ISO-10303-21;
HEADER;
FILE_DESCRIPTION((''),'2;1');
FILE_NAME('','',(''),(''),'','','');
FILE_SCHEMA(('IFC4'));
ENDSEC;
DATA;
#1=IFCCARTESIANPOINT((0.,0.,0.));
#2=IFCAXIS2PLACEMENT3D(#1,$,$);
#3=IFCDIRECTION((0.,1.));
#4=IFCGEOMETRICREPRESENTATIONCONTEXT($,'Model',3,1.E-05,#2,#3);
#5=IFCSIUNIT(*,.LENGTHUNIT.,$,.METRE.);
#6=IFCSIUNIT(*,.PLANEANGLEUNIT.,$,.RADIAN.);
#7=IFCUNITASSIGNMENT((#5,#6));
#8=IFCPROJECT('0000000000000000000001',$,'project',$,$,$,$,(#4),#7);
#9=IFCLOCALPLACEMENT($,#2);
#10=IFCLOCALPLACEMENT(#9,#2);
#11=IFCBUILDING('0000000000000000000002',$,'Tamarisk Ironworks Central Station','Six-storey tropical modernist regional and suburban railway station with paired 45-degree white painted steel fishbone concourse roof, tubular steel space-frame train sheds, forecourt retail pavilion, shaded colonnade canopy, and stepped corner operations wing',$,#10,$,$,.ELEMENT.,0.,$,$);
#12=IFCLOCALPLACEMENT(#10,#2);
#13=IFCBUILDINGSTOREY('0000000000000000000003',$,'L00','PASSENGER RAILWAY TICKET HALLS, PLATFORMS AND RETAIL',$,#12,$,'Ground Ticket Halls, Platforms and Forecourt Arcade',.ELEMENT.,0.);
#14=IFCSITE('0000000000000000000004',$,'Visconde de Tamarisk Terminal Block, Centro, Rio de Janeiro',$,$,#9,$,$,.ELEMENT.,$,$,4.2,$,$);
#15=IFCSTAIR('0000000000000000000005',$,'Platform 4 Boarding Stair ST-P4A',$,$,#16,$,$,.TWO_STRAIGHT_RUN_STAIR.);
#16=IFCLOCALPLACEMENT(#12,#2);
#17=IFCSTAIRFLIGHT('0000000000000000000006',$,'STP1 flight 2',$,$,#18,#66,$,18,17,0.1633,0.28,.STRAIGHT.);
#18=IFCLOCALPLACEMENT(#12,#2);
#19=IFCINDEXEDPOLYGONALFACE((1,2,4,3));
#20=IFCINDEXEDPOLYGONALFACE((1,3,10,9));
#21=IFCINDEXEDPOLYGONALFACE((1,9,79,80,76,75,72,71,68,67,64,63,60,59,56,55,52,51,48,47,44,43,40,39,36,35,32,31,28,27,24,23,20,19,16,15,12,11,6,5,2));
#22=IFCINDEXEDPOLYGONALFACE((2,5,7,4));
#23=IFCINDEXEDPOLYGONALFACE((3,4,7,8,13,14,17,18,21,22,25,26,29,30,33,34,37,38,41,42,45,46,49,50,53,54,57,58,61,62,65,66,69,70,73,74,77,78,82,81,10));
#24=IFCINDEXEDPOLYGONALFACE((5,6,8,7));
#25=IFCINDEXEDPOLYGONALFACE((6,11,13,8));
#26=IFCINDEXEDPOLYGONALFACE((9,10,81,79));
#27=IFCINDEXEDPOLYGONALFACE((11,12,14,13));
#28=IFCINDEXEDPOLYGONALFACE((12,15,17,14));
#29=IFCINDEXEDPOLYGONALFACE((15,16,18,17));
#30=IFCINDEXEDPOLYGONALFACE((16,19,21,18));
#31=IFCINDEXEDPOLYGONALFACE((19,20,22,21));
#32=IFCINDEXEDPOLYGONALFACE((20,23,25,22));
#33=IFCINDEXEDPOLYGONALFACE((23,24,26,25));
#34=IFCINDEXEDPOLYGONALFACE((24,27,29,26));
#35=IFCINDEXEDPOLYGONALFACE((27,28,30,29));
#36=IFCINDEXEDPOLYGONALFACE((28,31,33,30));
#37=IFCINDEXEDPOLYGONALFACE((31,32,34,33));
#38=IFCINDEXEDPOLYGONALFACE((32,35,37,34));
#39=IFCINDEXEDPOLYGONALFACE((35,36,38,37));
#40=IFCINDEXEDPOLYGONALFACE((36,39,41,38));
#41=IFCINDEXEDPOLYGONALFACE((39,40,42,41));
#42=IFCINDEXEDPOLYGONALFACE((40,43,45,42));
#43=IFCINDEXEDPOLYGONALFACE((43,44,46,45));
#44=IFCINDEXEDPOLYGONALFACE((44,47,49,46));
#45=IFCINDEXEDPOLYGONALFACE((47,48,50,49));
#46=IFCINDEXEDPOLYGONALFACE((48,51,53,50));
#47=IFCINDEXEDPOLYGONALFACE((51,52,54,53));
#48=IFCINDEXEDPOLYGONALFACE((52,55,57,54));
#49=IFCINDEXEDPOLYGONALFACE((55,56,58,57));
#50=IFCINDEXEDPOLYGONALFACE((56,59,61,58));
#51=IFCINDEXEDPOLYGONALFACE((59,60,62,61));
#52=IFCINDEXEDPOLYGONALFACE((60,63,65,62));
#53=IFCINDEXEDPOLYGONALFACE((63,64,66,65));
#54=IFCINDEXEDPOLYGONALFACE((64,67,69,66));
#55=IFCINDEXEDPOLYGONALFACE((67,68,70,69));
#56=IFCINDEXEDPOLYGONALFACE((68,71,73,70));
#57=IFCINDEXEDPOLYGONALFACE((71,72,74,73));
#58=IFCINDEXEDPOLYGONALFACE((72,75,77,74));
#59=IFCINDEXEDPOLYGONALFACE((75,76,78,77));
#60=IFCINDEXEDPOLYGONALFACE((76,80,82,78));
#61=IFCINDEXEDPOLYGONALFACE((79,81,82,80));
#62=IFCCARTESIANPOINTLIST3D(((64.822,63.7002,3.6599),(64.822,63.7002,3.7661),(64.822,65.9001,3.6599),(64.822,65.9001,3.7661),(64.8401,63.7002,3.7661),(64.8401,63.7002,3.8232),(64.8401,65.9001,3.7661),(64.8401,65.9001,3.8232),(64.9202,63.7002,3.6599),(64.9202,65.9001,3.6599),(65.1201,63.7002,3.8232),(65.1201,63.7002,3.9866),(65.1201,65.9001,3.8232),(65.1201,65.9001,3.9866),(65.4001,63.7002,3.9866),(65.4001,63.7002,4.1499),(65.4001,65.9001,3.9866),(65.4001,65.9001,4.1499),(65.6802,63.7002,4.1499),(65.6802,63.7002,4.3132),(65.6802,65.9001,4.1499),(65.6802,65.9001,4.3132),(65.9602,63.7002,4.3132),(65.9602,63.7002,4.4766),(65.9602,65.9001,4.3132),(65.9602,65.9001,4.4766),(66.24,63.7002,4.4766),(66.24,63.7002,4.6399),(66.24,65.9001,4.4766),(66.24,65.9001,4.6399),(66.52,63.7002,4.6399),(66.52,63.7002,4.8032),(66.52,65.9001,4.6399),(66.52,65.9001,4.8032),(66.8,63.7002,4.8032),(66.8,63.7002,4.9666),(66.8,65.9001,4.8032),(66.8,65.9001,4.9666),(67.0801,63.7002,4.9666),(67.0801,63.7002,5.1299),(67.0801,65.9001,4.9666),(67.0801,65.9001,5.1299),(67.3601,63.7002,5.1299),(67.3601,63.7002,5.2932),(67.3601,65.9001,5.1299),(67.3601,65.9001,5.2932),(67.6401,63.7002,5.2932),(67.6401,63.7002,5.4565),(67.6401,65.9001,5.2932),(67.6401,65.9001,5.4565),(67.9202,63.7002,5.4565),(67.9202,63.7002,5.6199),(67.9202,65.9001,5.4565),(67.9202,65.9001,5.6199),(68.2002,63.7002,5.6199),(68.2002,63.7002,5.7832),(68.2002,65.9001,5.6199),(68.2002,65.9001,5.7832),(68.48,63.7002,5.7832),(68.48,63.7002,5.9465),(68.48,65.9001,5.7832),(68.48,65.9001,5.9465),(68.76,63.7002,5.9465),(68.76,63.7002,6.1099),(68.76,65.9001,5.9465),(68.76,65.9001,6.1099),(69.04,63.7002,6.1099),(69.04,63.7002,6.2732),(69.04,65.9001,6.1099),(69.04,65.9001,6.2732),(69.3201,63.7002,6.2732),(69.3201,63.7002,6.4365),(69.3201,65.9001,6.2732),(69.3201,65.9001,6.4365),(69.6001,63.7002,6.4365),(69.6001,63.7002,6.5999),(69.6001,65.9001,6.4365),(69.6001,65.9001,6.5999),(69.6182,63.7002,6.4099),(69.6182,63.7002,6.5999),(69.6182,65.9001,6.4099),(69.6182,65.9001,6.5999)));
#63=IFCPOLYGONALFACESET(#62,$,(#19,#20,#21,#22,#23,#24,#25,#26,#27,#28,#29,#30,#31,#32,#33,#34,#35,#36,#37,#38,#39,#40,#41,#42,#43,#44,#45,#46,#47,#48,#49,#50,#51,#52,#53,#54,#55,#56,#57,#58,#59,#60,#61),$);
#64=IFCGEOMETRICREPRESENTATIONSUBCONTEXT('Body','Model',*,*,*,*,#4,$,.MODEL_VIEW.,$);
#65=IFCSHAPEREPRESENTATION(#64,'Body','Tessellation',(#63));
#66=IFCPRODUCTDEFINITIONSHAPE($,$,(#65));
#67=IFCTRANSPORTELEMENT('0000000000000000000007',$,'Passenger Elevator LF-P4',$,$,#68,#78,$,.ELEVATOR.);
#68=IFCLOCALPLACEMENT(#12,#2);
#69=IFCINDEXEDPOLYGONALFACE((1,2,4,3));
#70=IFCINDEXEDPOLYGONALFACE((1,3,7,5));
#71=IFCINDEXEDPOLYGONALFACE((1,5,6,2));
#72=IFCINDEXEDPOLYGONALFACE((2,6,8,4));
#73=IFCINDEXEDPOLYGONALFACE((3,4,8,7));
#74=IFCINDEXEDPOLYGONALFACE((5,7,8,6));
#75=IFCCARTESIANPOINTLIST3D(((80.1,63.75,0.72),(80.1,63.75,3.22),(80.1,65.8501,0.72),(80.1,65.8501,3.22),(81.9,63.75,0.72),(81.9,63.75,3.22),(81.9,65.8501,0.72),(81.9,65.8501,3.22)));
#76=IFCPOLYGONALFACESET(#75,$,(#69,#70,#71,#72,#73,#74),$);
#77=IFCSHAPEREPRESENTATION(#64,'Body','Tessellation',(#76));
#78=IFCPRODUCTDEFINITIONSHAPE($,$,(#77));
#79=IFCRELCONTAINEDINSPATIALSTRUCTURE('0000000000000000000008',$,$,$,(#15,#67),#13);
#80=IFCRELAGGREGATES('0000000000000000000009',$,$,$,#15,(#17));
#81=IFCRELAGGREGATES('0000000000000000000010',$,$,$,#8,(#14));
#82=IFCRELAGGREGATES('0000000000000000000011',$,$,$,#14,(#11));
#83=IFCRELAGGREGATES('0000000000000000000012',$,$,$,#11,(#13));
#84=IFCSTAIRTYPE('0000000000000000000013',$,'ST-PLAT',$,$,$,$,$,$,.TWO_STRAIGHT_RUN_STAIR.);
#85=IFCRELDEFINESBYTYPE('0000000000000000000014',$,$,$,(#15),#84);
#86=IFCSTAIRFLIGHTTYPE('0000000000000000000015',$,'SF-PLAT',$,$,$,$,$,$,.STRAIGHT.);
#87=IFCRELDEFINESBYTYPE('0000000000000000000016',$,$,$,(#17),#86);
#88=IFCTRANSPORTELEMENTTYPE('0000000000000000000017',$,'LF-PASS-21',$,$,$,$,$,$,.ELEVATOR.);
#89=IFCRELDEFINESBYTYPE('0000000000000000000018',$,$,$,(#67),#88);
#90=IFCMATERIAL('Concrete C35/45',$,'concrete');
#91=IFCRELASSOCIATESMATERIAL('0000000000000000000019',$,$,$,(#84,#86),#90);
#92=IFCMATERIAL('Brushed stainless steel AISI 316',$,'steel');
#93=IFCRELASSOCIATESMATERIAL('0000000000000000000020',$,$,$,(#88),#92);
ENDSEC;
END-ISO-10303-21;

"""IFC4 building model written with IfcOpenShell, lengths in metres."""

from ifc_helpers import new_model, si_unit, direction, frame, origin, origin_2d, place, context, subcontext, project, spatial, polyline, rectangle, outline, extrude, material, type_object, element, aggregate, save


model = new_model("IFC4")

# Units and contexts
model_context = context("Model", 3, precision=1e-05, world=origin(), true_north=direction((0.0, 1.0)))
body_context = subcontext(model_context, "Body", "Model", "MODEL_VIEW")
ifc_project = project(units=[si_unit("LENGTHUNIT", "METRE"), si_unit("PLANEANGLEUNIT", "RADIAN")], contexts=[model_context])

# Site, building, storey
site_placement = place(None, origin())
site = spatial("IfcSite", under=ifc_project, at=site_placement, Name="Visconde de Tamarisk Terminal Block, Centro, Rio de Janeiro", CompositionType="ELEMENT", RefElevation=4.2)
building_placement = place(site_placement, origin())
building = spatial("IfcBuilding", under=site, at=building_placement, Name="Tamarisk Ironworks Central Station", Description="Six-storey tropical modernist regional and suburban railway station with paired 45-degree white painted steel fishbone concourse roof, tubular steel space-frame train sheds, forecourt retail pavilion, shaded colonnade canopy, and stepped corner operations wing", CompositionType="ELEMENT", ElevationOfRefHeight=0.0)
storey_placement = place(building_placement, origin())
storey = spatial("IfcBuildingStorey", under=building, at=storey_placement, Name="L00", Description="PASSENGER RAILWAY TICKET HALLS, PLATFORMS AND RETAIL", LongName="Ground Ticket Halls, Platforms and Forecourt Arcade", CompositionType="ELEMENT", Elevation=0.0)

# Stair, stair flight
ifc_material_1 = material(Name="Concrete C35/45", Category="concrete")
stair_type = type_object("IfcStairType", Name="ST-PLAT", PredefinedType="TWO_STRAIGHT_RUN_STAIR", material=ifc_material_1)
stair_placement = place(storey_placement, origin())
stair = element("IfcStair", 1, at=stair_placement, inside=storey, type_object=stair_type, Name="Platform 4 Boarding Stair ST-P4A", PredefinedType="TWO_STRAIGHT_RUN_STAIR")
stair_flight_type = type_object("IfcStairFlightType", Name="SF-PLAT", PredefinedType="STRAIGHT", material=ifc_material_1)
stair_flight_placement = place(storey_placement, frame((64.8401, 64.8, 3.6599), z_axis=(0.0, 0.0, 1.0), x_axis=(1.0, 0.0, 0.0)))
stair_flight = element("IfcStairFlight", 2, at=stair_flight_placement, type_object=stair_flight_type, Name="STP1 flight 2", NumberOfRisers=18, NumberOfTreads=17, PredefinedType="STRAIGHT", RiserHeight=0.1633, TreadLength=0.28, context=body_context, shape_type="SweptSolid", body=[
    extrude(outline(polyline([(-0.0181, 0.0), (-0.0181, 0.1062), (0.0, 0.1062), (0.0, 0.1633), (0.28, 0.1633), (0.28, 0.3267), (0.5601, 0.3267), (0.5601, 0.49), (0.8401, 0.49), (0.8401, 0.6533), (1.1201, 0.6533), (1.1201, 0.8167), (1.3999, 0.8167), (1.3999, 0.98), (1.6799, 0.98), (1.6799, 1.1433), (1.96, 1.1433), (1.96, 1.3066), (2.24, 1.3066), (2.24, 1.47), (2.52, 1.47), (2.52, 1.6333), (2.8, 1.6333), (2.8, 1.7966), (3.0801, 1.7966), (3.0801, 1.96), (3.3601, 1.96), (3.3601, 2.1233), (3.6399, 2.1233), (3.6399, 2.2866), (3.9199, 2.2866), (3.9199, 2.45), (4.2, 2.45), (4.2, 2.6133), (4.48, 2.6133), (4.48, 2.7766), (4.76, 2.7766), (4.76, 2.9399), (4.7781, 2.9399), (4.7781, 2.75), (0.0801, 0.0), (-0.0181, 0.0)])), frame((0.0, 1.1001, 0.0), z_axis=(0.0, -1.0, 0.0), x_axis=(1.0, 0.0, 0.0)), (0.0, 0.0, 1.0), 2.2),
])
aggregate(stair, [stair_flight])

# Transport element
ifc_material_2 = material(Name="Brushed stainless steel AISI 316", Category="steel")
transport_element_type = type_object("IfcTransportElementType", Name="LF-PASS-21", PredefinedType="ELEVATOR", material=ifc_material_2)
transport_element_placement = place(storey_placement, frame((81.0, 64.8, 0.72), z_axis=(0.0, 0.0, 1.0), x_axis=(1.0, 0.0, 0.0)))
element("IfcTransportElement", 3, at=transport_element_placement, inside=storey, type_object=transport_element_type, Name="Passenger Elevator LF-P4", PredefinedType="ELEVATOR", context=body_context, shape_type="SweptSolid", body=[
    extrude(rectangle(XDim=1.8, YDim=2.1001, at=origin_2d()), origin(), (0.0, 0.0, 1.0), 2.5),
])

save(model, "model.ifc")
